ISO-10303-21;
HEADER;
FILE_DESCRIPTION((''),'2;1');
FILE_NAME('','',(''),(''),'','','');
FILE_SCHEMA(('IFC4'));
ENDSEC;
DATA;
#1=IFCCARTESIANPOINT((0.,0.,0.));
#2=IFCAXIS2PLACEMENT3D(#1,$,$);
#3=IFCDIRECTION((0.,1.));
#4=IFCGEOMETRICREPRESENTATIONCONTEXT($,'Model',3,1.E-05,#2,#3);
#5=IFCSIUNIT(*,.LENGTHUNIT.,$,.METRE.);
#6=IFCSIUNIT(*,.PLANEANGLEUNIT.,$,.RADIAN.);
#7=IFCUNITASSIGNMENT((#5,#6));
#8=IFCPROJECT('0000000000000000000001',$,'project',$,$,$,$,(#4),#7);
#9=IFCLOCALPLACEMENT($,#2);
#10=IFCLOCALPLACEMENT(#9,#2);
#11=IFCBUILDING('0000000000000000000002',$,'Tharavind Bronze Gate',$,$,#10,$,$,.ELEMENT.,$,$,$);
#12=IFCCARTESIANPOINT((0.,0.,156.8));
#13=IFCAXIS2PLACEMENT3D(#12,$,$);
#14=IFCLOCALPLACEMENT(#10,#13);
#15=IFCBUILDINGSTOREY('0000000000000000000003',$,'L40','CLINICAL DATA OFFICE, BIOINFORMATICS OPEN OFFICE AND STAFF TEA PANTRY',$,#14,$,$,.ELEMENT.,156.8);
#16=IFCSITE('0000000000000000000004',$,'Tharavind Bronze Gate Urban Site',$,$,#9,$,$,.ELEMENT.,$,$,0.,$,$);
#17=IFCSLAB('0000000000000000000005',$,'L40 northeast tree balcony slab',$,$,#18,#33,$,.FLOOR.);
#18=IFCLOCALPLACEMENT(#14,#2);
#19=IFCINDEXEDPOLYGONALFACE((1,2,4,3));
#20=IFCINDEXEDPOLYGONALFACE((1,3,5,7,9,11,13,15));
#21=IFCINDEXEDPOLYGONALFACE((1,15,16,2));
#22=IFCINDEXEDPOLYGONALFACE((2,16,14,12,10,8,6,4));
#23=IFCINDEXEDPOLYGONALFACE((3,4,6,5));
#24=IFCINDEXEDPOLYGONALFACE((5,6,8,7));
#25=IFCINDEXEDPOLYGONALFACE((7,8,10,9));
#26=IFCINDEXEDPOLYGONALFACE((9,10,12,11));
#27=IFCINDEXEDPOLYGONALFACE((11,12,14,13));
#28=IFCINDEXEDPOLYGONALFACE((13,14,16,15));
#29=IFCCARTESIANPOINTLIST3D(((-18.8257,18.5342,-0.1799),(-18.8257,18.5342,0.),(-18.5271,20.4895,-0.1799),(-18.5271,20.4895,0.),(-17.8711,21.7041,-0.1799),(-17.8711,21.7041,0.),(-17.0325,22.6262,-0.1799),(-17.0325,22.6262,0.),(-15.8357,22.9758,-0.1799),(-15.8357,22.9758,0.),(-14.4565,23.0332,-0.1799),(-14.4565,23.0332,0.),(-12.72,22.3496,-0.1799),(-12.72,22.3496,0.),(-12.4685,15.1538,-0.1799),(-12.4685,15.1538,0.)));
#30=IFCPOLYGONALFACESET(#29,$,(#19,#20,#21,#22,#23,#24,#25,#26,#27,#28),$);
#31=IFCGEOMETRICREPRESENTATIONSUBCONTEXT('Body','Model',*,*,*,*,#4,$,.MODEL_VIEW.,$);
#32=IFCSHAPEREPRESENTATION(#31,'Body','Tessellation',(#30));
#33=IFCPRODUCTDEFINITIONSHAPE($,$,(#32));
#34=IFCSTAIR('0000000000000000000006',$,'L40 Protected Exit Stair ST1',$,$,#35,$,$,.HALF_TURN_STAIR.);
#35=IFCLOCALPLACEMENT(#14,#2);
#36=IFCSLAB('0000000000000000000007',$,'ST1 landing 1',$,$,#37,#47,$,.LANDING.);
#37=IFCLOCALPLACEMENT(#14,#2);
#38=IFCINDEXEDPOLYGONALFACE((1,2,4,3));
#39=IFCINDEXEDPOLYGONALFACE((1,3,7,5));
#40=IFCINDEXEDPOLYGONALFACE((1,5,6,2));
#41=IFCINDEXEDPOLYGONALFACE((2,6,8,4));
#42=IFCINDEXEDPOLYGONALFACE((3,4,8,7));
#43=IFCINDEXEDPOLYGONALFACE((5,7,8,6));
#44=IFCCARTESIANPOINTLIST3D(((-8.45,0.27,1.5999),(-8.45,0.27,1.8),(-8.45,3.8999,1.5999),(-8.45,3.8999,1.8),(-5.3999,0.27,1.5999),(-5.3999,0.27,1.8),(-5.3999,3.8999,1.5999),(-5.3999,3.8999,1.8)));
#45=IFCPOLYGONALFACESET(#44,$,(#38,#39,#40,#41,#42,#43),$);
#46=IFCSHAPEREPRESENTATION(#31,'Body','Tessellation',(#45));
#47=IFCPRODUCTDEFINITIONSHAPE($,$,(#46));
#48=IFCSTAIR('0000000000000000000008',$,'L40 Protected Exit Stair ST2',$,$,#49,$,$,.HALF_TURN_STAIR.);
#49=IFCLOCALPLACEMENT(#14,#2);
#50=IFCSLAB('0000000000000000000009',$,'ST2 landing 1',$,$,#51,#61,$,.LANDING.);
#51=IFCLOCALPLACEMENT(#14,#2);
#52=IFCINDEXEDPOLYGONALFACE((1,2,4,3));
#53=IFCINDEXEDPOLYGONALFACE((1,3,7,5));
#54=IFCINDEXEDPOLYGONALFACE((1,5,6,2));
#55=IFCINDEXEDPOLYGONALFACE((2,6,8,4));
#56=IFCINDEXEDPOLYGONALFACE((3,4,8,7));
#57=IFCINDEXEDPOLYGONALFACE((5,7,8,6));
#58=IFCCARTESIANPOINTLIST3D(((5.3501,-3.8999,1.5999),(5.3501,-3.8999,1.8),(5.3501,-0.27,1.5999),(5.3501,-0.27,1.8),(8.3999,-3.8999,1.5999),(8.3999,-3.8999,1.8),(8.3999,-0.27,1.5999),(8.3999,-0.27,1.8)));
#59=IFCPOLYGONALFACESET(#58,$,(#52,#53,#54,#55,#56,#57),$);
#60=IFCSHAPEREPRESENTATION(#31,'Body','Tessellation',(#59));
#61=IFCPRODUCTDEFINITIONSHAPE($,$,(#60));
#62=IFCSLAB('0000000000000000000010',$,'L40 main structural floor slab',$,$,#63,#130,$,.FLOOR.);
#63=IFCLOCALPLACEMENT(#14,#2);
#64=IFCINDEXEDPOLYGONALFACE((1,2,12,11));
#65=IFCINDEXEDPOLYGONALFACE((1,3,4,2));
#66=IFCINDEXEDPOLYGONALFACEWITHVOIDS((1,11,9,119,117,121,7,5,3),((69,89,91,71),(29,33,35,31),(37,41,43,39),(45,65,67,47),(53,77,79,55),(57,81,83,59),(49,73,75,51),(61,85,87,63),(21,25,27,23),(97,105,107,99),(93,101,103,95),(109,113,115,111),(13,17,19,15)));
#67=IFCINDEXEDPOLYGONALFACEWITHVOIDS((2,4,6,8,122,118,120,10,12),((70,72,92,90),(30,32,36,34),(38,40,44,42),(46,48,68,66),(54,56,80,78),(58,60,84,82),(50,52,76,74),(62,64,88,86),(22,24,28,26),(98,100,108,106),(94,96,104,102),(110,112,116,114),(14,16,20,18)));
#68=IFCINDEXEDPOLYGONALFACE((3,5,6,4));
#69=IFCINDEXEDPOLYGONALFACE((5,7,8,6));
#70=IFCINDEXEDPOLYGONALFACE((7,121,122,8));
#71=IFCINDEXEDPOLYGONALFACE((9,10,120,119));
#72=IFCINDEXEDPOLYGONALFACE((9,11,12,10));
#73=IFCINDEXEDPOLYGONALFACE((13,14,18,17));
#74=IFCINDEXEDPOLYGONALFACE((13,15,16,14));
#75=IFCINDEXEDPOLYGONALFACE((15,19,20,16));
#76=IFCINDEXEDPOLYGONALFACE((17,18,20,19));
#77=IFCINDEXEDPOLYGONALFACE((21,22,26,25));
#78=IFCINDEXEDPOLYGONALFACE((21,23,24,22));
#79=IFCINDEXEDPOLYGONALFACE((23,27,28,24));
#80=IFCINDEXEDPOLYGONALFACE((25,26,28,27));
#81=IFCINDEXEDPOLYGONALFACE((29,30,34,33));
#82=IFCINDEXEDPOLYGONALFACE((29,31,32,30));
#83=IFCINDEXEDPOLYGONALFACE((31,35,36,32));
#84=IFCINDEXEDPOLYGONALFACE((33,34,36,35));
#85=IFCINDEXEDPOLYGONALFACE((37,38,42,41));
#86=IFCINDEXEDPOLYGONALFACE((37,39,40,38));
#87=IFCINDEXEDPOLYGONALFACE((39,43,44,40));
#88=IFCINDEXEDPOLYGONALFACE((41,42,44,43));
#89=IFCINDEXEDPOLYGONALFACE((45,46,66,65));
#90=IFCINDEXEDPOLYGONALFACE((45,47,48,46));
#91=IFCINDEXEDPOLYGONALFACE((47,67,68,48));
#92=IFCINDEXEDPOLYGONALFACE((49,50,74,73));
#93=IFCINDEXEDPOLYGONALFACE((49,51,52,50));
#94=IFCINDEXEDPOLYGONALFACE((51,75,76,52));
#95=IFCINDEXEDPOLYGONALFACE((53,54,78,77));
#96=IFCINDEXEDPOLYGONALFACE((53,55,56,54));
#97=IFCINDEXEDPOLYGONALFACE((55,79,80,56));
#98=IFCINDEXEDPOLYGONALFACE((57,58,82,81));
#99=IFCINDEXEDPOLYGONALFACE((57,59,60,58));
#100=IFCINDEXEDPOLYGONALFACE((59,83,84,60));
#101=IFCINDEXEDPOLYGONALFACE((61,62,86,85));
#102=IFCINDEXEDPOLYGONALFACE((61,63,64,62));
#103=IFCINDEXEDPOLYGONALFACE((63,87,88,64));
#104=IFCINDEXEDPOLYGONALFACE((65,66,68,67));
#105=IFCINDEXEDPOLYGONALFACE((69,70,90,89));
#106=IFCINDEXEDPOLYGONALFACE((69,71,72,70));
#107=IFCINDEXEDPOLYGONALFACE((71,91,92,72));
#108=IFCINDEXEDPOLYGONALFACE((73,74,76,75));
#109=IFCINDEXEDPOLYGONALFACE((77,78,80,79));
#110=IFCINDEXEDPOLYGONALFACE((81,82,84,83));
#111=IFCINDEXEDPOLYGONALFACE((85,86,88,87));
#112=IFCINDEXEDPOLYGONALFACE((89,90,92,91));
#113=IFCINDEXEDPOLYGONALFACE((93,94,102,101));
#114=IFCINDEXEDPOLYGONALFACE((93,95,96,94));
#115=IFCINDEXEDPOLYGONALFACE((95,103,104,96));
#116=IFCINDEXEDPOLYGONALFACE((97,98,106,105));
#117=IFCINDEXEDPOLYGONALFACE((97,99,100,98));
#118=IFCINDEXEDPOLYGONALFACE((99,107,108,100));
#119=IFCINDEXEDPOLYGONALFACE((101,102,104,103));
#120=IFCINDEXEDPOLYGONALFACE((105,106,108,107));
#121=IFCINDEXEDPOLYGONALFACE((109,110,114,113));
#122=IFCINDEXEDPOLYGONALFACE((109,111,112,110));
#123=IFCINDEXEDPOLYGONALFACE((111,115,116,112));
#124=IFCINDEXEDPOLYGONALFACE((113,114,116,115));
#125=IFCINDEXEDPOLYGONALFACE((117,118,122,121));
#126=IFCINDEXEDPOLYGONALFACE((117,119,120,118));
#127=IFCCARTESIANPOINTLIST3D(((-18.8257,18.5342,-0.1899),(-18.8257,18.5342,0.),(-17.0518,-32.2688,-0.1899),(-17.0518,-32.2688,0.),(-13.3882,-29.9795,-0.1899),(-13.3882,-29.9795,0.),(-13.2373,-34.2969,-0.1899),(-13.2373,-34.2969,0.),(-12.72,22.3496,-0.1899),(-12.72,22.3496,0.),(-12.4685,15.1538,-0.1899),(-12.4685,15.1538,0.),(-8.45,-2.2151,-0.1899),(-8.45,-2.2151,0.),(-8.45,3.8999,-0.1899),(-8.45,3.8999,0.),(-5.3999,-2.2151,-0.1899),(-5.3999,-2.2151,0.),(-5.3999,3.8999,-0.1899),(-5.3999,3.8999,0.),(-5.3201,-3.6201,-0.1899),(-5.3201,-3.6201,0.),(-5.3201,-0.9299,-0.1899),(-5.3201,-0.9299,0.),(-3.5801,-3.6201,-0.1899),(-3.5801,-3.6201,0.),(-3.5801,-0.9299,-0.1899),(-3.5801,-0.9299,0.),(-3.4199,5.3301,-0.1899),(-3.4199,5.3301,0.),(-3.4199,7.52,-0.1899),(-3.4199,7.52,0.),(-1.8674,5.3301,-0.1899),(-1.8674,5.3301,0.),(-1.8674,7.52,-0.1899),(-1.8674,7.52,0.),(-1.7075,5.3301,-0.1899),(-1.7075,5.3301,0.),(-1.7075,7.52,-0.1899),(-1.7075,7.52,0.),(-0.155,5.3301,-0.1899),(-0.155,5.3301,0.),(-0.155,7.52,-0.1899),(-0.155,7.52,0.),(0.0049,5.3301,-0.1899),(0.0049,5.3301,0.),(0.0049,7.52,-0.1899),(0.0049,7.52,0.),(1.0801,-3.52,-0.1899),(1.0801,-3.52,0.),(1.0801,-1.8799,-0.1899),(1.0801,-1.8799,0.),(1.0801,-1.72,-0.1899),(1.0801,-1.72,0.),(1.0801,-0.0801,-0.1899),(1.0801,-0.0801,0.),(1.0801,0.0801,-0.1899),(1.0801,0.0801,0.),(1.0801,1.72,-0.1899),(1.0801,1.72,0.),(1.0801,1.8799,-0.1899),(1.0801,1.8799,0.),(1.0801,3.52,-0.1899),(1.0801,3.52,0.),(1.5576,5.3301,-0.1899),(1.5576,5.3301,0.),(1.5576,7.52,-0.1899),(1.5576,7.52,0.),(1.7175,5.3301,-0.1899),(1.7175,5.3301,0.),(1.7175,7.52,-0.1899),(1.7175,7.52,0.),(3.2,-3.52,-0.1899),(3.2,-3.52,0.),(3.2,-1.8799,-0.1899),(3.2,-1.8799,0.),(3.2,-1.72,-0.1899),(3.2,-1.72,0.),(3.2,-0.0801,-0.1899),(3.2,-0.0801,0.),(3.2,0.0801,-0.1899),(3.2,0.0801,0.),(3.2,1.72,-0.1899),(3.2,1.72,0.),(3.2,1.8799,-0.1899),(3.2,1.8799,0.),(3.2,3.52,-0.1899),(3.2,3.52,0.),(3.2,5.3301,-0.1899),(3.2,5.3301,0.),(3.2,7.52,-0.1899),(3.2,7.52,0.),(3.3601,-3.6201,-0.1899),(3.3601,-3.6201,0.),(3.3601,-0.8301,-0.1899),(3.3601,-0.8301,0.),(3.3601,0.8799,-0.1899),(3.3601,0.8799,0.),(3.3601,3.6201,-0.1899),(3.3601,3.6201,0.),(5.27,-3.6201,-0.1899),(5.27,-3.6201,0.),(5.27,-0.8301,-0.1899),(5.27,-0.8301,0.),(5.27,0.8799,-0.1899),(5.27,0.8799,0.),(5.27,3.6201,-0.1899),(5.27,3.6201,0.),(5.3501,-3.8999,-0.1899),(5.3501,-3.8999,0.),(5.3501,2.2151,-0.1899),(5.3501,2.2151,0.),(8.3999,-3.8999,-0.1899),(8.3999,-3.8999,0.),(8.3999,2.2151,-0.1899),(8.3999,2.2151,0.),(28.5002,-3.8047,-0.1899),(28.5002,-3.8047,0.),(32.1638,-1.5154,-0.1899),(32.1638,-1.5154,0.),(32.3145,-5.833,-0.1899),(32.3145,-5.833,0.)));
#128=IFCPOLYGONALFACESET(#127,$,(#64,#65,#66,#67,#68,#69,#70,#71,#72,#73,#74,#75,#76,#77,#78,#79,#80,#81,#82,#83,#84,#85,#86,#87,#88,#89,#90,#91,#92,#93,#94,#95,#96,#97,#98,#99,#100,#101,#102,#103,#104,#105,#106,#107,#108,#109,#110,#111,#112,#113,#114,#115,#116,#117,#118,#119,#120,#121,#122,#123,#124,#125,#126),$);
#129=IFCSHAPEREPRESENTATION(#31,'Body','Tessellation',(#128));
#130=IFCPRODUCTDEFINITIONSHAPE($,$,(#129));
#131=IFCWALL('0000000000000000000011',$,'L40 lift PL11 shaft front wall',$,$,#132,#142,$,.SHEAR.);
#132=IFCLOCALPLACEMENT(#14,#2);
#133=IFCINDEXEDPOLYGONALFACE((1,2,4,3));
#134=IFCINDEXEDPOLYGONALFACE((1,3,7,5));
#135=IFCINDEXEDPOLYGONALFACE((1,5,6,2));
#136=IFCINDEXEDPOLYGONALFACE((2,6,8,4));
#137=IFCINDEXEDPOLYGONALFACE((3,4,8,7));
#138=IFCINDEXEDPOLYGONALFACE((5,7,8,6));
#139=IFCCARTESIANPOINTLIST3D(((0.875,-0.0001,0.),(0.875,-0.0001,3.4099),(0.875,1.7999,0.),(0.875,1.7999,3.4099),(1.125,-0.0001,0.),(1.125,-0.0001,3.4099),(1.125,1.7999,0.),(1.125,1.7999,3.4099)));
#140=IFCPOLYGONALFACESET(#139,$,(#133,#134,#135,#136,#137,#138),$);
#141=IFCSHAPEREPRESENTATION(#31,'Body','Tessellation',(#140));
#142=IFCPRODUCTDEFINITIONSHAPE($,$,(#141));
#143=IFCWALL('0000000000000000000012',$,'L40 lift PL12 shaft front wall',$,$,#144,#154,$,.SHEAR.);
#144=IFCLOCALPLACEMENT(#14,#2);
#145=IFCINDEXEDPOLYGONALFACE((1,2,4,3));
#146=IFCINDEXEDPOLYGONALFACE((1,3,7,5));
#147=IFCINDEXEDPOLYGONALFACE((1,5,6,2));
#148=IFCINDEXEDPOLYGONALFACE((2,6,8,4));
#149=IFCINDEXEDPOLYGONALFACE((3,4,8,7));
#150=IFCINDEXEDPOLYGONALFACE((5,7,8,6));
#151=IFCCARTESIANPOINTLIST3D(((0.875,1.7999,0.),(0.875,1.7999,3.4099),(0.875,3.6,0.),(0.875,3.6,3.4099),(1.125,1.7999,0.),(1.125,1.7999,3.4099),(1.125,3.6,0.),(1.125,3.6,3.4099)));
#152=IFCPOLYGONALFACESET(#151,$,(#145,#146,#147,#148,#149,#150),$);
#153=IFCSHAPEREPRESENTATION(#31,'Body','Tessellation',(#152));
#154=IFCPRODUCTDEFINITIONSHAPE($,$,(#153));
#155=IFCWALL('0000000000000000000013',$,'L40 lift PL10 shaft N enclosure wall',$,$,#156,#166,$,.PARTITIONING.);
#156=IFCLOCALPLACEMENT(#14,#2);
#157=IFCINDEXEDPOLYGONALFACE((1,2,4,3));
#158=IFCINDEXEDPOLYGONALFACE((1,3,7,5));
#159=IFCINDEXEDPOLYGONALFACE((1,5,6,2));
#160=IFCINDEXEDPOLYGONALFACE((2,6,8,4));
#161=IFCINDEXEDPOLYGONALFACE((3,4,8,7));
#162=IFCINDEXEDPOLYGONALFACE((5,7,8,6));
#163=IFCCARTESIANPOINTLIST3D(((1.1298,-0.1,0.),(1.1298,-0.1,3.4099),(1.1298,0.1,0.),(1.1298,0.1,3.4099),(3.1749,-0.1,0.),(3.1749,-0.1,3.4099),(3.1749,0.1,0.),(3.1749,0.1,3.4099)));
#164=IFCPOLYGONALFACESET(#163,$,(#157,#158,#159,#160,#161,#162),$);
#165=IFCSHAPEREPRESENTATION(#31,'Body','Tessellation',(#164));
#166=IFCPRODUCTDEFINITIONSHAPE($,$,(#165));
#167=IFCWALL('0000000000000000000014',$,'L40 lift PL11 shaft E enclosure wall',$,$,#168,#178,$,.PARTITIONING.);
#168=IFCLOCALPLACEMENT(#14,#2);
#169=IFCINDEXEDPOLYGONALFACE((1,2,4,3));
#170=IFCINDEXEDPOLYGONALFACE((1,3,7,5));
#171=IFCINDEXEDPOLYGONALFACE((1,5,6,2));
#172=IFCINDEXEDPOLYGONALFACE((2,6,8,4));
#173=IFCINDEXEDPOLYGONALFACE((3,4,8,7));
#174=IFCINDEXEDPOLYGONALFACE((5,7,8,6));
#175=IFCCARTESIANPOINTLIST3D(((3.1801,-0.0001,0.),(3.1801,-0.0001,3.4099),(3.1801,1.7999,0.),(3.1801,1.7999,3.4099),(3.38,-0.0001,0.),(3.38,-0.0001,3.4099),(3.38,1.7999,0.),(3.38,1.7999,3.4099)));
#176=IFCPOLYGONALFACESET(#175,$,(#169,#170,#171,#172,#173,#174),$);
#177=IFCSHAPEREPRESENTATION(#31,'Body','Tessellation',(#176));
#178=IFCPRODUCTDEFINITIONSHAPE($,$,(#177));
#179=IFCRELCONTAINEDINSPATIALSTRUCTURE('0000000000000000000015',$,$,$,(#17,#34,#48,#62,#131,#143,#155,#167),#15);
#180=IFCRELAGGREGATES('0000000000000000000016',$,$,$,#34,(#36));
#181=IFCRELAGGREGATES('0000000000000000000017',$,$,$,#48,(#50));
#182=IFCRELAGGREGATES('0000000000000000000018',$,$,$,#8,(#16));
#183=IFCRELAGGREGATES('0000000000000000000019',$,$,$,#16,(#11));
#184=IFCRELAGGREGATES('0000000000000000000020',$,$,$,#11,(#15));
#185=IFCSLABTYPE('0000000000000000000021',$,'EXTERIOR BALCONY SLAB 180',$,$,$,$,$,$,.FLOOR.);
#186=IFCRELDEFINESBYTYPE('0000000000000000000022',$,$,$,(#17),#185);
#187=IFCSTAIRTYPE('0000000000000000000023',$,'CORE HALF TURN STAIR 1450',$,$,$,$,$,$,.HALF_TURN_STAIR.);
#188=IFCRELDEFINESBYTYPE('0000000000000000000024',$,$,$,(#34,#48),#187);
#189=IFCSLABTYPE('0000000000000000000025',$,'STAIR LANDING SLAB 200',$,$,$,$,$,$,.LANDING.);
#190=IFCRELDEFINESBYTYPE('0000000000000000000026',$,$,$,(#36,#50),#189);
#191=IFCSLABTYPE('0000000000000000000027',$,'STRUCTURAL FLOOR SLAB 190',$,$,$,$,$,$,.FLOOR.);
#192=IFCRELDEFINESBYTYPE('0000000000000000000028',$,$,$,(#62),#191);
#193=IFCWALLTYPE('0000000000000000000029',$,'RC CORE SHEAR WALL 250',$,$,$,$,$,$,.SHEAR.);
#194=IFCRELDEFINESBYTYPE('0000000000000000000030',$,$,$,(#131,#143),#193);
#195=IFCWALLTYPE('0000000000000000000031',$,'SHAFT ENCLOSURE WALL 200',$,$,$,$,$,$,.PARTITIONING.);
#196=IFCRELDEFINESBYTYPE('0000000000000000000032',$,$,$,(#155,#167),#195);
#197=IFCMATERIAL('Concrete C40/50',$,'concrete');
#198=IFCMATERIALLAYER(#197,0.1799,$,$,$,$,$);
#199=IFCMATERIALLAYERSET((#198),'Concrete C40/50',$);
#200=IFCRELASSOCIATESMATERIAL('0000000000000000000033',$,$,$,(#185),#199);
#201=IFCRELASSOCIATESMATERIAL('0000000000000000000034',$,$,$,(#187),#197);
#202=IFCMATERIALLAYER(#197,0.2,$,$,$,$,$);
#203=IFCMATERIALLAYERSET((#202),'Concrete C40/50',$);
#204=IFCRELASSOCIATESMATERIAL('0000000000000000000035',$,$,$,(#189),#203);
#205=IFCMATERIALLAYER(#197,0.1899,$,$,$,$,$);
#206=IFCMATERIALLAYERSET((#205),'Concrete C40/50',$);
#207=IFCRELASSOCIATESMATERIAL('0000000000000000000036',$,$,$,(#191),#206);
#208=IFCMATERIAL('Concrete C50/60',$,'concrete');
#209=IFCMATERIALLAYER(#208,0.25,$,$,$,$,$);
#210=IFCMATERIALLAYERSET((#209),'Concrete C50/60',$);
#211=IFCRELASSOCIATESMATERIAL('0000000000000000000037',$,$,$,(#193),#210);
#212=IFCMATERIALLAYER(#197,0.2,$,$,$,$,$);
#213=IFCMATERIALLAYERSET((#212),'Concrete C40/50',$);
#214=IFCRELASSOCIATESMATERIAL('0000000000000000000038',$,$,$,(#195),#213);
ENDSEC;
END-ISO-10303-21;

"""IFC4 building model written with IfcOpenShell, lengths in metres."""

from ifc_helpers import new_model, si_unit, direction, frame, frame_2d, origin, place, context, subcontext, project, spatial, polyline, rectangle, outline, extrude, material, layer, layer_set, type_object, element, aggregate, save


model = new_model("IFC4")

# Units and contexts
model_context = context("Model", 3, precision=1e-05, world=origin(), true_north=direction((0.0, 1.0)))
body_context = subcontext(model_context, "Body", "Model", "MODEL_VIEW")
ifc_project = project(units=[si_unit("LENGTHUNIT", "METRE"), si_unit("PLANEANGLEUNIT", "RADIAN")], contexts=[model_context])

# Site, building, storey
site_placement = place(None, origin())
site = spatial("IfcSite", under=ifc_project, at=site_placement, Name="Tharavind Bronze Gate Urban Site", CompositionType="ELEMENT", RefElevation=0.0)
building_placement = place(site_placement, origin())
building = spatial("IfcBuilding", under=site, at=building_placement, Name="Tharavind Bronze Gate", CompositionType="ELEMENT")
storey_placement = place(building_placement, frame((0.0, 0.0, 156.8)))
storey = spatial("IfcBuildingStorey", under=building, at=storey_placement, Name="L40", Description="CLINICAL DATA OFFICE, BIOINFORMATICS OPEN OFFICE AND STAFF TEA PANTRY", CompositionType="ELEMENT", Elevation=156.8)

# Slab
ifc_material_1 = material(Name="Concrete C40/50", Category="concrete")
ifc_layer_1 = layer(ifc_material_1, 0.1799)
ifc_layer_set_1 = layer_set([ifc_layer_1], Name="Concrete C40/50")
slab_type_1 = type_object("IfcSlabType", Name="EXTERIOR BALCONY SLAB 180", PredefinedType="FLOOR", material=ifc_layer_set_1)
slab_1_placement = place(storey_placement, frame((0.0, 0.0, -0.1799)))
element("IfcSlab", 1, at=slab_1_placement, inside=storey, type_object=slab_type_1, Name="L40 northeast tree balcony slab", PredefinedType="FLOOR", context=body_context, shape_type="SweptSolid", body=[
    extrude(outline(polyline([(-14.4565, 23.0332), (-15.8357, 22.9758), (-17.0325, 22.6262), (-17.8711, 21.7041), (-18.5271, 20.4895), (-18.8257, 18.5342), (-12.4685, 15.1538), (-12.72, 22.3496), (-14.4565, 23.0332)])), origin(), (0.0, 0.0, 1.0), 0.1799),
])

# Stairs, slabs
stair_type = type_object("IfcStairType", Name="CORE HALF TURN STAIR 1450", PredefinedType="HALF_TURN_STAIR", material=ifc_material_1)
stair_1_placement = place(storey_placement, origin())
stair_1 = element("IfcStair", 2, at=stair_1_placement, inside=storey, type_object=stair_type, Name="L40 Protected Exit Stair ST1", PredefinedType="HALF_TURN_STAIR")
ifc_layer_2 = layer(ifc_material_1, 0.2)
ifc_layer_set_2 = layer_set([ifc_layer_2], Name="Concrete C40/50")
slab_type_2 = type_object("IfcSlabType", Name="STAIR LANDING SLAB 200", PredefinedType="LANDING", material=ifc_layer_set_2)
slab_2_placement = place(storey_placement, frame((0.0, 0.0, 1.5999)))
slab_2 = element("IfcSlab", 3, at=slab_2_placement, type_object=slab_type_2, Name="ST1 landing 1", PredefinedType="LANDING", context=body_context, shape_type="SweptSolid", body=[
    extrude(outline(polyline([(-5.3999, 0.27), (-5.3999, 3.8999), (-8.45, 3.8999), (-8.45, 0.27), (-5.3999, 0.27)])), origin(), (0.0, 0.0, 1.0), 0.2002),
])
aggregate(stair_1, [slab_2])
stair_2_placement = place(storey_placement, origin())
stair_2 = element("IfcStair", 4, at=stair_2_placement, inside=storey, type_object=stair_type, Name="L40 Protected Exit Stair ST2", PredefinedType="HALF_TURN_STAIR")
slab_3_placement = place(storey_placement, frame((0.0, 0.0, 1.5999)))
slab_3 = element("IfcSlab", 5, at=slab_3_placement, type_object=slab_type_2, Name="ST2 landing 1", PredefinedType="LANDING", context=body_context, shape_type="SweptSolid", body=[
    extrude(outline(polyline([(5.3501, -0.27), (5.3501, -3.8999), (8.3999, -3.8999), (8.3999, -0.27), (5.3501, -0.27)])), origin(), (0.0, 0.0, 1.0), 0.2002),
])
aggregate(stair_2, [slab_3])

# Slab
ifc_layer_3 = layer(ifc_material_1, 0.1899)
ifc_layer_set_3 = layer_set([ifc_layer_3], Name="Concrete C40/50")
slab_type_3 = type_object("IfcSlabType", Name="STRUCTURAL FLOOR SLAB 190", PredefinedType="FLOOR", material=ifc_layer_set_3)
slab_4_placement = place(storey_placement, frame((0.0, 0.0, -0.1899)))
element("IfcSlab", 6, at=slab_4_placement, inside=storey, type_object=slab_type_3, Name="L40 main structural floor slab", PredefinedType="FLOOR", context=body_context, shape_type="SweptSolid", body=[
    extrude(outline(polyline([(-12.72, 22.3496), (-12.4685, 15.1538), (-18.8257, 18.5342), (-17.0518, -32.2688), (-13.3882, -29.9795), (-13.2373, -34.2969), (32.3145, -5.833), (28.5002, -3.8047), (32.1638, -1.5154), (-12.72, 22.3496)]), holes=[polyline([(-5.3999, -2.2151), (-5.3999, 3.8999), (-8.45, 3.8999), (-8.45, -2.2151), (-5.3999, -2.2151)]), polyline([(5.3501, 2.2151), (5.3501, -3.8999), (8.3999, -3.8999), (8.3999, 2.2151), (5.3501, 2.2151)]), polyline([(-3.4199, 5.3301), (-1.8674, 5.3301), (-1.8674, 7.52), (-3.4199, 7.52), (-3.4199, 5.3301)]), polyline([(-1.7075, 5.3301), (-0.155, 5.3301), (-0.155, 7.52), (-1.7075, 7.52), (-1.7075, 5.3301)]), polyline([(0.0049, 5.3301), (1.5576, 5.3301), (1.5576, 7.52), (0.0049, 7.52), (0.0049, 5.3301)]), polyline([(1.7175, 5.3301), (3.2, 5.3301), (3.2, 7.52), (1.7175, 7.52), (1.7175, 5.3301)]), polyline([(1.0801, -3.52), (3.2, -3.52), (3.2, -1.8799), (1.0801, -1.8799), (1.0801, -3.52)]), polyline([(1.0801, -1.72), (3.2, -1.72), (3.2, -0.0801), (1.0801, -0.0801), (1.0801, -1.72)]), polyline([(1.0801, 0.0801), (3.2, 0.0801), (3.2, 1.72), (1.0801, 1.72), (1.0801, 0.0801)]), polyline([(1.0801, 1.8799), (3.2, 1.8799), (3.2, 3.52), (1.0801, 3.52), (1.0801, 1.8799)]), polyline([(-5.3201, -3.6201), (-3.5801, -3.6201), (-3.5801, -0.9299), (-5.3201, -0.9299), (-5.3201, -3.6201)]), polyline([(3.3601, 0.8799), (5.27, 0.8799), (5.27, 3.6201), (3.3601, 3.6201), (3.3601, 0.8799)]), polyline([(3.3601, -3.6201), (5.27, -3.6201), (5.27, -0.8301), (3.3601, -0.8301), (3.3601, -3.6201)])]), origin(), (0.0, 0.0, 1.0), 0.1899),
])

# Walls
ifc_material_2 = material(Name="Concrete C50/60", Category="concrete")
ifc_layer_4 = layer(ifc_material_2, 0.25)
ifc_layer_set_4 = layer_set([ifc_layer_4], Name="Concrete C50/60")
wall_type_1 = type_object("IfcWallType", Name="RC CORE SHEAR WALL 250", PredefinedType="SHEAR", material=ifc_layer_set_4)
for number, where, z_axis, x_axis, name in (
    (7, (1.0, 0.0, 0.0), (0.0, 0.0, 1.0), (0.0, 1.0, 0.0), "L40 lift PL11 shaft front wall"),
    (8, (1.0, 1.8, 0.0), (0.0, 0.0, 1.0), (0.0, 1.0, 0.0), "L40 lift PL12 shaft front wall"),
):
    element("IfcWall", number, at=place(storey_placement, frame(where, z_axis=z_axis, x_axis=x_axis)), inside=storey, type_object=wall_type_1, Name=name, PredefinedType="SHEAR", context=body_context, shape_type="SweptSolid", body=[
        extrude(rectangle(XDim=1.8, YDim=0.25, at=frame_2d((0.8999, 0.0))), origin(), (0.0, 0.0, 1.0), 3.4099),
    ])
ifc_layer_5 = layer(ifc_material_1, 0.2)
ifc_layer_set_5 = layer_set([ifc_layer_5], Name="Concrete C40/50")
wall_type_2 = type_object("IfcWallType", Name="SHAFT ENCLOSURE WALL 200", PredefinedType="PARTITIONING", material=ifc_layer_set_5)
wall_1_placement = place(storey_placement, frame((1.1299, 0.0, 0.0), z_axis=(0.0, 0.0, 1.0), x_axis=(1.0, 0.0, 0.0)))
element("IfcWall", 9, at=wall_1_placement, inside=storey, type_object=wall_type_2, Name="L40 lift PL10 shaft N enclosure wall", PredefinedType="PARTITIONING", context=body_context, shape_type="SweptSolid", body=[
    extrude(rectangle(XDim=2.0452, YDim=0.2, at=frame_2d((1.0225, 0.0))), origin(), (0.0, 0.0, 1.0), 3.4099),
])
wall_2_placement = place(storey_placement, frame((3.28, 0.0, 0.0), z_axis=(0.0, 0.0, 1.0), x_axis=(0.0, 1.0, 0.0)))
element("IfcWall", 10, at=wall_2_placement, inside=storey, type_object=wall_type_2, Name="L40 lift PL11 shaft E enclosure wall", PredefinedType="PARTITIONING", context=body_context, shape_type="SweptSolid", body=[
    extrude(rectangle(XDim=1.8, YDim=0.2, at=frame_2d((0.8999, 0.0))), origin(), (0.0, 0.0, 1.0), 3.4099),
])

save(model, "model.ifc")
